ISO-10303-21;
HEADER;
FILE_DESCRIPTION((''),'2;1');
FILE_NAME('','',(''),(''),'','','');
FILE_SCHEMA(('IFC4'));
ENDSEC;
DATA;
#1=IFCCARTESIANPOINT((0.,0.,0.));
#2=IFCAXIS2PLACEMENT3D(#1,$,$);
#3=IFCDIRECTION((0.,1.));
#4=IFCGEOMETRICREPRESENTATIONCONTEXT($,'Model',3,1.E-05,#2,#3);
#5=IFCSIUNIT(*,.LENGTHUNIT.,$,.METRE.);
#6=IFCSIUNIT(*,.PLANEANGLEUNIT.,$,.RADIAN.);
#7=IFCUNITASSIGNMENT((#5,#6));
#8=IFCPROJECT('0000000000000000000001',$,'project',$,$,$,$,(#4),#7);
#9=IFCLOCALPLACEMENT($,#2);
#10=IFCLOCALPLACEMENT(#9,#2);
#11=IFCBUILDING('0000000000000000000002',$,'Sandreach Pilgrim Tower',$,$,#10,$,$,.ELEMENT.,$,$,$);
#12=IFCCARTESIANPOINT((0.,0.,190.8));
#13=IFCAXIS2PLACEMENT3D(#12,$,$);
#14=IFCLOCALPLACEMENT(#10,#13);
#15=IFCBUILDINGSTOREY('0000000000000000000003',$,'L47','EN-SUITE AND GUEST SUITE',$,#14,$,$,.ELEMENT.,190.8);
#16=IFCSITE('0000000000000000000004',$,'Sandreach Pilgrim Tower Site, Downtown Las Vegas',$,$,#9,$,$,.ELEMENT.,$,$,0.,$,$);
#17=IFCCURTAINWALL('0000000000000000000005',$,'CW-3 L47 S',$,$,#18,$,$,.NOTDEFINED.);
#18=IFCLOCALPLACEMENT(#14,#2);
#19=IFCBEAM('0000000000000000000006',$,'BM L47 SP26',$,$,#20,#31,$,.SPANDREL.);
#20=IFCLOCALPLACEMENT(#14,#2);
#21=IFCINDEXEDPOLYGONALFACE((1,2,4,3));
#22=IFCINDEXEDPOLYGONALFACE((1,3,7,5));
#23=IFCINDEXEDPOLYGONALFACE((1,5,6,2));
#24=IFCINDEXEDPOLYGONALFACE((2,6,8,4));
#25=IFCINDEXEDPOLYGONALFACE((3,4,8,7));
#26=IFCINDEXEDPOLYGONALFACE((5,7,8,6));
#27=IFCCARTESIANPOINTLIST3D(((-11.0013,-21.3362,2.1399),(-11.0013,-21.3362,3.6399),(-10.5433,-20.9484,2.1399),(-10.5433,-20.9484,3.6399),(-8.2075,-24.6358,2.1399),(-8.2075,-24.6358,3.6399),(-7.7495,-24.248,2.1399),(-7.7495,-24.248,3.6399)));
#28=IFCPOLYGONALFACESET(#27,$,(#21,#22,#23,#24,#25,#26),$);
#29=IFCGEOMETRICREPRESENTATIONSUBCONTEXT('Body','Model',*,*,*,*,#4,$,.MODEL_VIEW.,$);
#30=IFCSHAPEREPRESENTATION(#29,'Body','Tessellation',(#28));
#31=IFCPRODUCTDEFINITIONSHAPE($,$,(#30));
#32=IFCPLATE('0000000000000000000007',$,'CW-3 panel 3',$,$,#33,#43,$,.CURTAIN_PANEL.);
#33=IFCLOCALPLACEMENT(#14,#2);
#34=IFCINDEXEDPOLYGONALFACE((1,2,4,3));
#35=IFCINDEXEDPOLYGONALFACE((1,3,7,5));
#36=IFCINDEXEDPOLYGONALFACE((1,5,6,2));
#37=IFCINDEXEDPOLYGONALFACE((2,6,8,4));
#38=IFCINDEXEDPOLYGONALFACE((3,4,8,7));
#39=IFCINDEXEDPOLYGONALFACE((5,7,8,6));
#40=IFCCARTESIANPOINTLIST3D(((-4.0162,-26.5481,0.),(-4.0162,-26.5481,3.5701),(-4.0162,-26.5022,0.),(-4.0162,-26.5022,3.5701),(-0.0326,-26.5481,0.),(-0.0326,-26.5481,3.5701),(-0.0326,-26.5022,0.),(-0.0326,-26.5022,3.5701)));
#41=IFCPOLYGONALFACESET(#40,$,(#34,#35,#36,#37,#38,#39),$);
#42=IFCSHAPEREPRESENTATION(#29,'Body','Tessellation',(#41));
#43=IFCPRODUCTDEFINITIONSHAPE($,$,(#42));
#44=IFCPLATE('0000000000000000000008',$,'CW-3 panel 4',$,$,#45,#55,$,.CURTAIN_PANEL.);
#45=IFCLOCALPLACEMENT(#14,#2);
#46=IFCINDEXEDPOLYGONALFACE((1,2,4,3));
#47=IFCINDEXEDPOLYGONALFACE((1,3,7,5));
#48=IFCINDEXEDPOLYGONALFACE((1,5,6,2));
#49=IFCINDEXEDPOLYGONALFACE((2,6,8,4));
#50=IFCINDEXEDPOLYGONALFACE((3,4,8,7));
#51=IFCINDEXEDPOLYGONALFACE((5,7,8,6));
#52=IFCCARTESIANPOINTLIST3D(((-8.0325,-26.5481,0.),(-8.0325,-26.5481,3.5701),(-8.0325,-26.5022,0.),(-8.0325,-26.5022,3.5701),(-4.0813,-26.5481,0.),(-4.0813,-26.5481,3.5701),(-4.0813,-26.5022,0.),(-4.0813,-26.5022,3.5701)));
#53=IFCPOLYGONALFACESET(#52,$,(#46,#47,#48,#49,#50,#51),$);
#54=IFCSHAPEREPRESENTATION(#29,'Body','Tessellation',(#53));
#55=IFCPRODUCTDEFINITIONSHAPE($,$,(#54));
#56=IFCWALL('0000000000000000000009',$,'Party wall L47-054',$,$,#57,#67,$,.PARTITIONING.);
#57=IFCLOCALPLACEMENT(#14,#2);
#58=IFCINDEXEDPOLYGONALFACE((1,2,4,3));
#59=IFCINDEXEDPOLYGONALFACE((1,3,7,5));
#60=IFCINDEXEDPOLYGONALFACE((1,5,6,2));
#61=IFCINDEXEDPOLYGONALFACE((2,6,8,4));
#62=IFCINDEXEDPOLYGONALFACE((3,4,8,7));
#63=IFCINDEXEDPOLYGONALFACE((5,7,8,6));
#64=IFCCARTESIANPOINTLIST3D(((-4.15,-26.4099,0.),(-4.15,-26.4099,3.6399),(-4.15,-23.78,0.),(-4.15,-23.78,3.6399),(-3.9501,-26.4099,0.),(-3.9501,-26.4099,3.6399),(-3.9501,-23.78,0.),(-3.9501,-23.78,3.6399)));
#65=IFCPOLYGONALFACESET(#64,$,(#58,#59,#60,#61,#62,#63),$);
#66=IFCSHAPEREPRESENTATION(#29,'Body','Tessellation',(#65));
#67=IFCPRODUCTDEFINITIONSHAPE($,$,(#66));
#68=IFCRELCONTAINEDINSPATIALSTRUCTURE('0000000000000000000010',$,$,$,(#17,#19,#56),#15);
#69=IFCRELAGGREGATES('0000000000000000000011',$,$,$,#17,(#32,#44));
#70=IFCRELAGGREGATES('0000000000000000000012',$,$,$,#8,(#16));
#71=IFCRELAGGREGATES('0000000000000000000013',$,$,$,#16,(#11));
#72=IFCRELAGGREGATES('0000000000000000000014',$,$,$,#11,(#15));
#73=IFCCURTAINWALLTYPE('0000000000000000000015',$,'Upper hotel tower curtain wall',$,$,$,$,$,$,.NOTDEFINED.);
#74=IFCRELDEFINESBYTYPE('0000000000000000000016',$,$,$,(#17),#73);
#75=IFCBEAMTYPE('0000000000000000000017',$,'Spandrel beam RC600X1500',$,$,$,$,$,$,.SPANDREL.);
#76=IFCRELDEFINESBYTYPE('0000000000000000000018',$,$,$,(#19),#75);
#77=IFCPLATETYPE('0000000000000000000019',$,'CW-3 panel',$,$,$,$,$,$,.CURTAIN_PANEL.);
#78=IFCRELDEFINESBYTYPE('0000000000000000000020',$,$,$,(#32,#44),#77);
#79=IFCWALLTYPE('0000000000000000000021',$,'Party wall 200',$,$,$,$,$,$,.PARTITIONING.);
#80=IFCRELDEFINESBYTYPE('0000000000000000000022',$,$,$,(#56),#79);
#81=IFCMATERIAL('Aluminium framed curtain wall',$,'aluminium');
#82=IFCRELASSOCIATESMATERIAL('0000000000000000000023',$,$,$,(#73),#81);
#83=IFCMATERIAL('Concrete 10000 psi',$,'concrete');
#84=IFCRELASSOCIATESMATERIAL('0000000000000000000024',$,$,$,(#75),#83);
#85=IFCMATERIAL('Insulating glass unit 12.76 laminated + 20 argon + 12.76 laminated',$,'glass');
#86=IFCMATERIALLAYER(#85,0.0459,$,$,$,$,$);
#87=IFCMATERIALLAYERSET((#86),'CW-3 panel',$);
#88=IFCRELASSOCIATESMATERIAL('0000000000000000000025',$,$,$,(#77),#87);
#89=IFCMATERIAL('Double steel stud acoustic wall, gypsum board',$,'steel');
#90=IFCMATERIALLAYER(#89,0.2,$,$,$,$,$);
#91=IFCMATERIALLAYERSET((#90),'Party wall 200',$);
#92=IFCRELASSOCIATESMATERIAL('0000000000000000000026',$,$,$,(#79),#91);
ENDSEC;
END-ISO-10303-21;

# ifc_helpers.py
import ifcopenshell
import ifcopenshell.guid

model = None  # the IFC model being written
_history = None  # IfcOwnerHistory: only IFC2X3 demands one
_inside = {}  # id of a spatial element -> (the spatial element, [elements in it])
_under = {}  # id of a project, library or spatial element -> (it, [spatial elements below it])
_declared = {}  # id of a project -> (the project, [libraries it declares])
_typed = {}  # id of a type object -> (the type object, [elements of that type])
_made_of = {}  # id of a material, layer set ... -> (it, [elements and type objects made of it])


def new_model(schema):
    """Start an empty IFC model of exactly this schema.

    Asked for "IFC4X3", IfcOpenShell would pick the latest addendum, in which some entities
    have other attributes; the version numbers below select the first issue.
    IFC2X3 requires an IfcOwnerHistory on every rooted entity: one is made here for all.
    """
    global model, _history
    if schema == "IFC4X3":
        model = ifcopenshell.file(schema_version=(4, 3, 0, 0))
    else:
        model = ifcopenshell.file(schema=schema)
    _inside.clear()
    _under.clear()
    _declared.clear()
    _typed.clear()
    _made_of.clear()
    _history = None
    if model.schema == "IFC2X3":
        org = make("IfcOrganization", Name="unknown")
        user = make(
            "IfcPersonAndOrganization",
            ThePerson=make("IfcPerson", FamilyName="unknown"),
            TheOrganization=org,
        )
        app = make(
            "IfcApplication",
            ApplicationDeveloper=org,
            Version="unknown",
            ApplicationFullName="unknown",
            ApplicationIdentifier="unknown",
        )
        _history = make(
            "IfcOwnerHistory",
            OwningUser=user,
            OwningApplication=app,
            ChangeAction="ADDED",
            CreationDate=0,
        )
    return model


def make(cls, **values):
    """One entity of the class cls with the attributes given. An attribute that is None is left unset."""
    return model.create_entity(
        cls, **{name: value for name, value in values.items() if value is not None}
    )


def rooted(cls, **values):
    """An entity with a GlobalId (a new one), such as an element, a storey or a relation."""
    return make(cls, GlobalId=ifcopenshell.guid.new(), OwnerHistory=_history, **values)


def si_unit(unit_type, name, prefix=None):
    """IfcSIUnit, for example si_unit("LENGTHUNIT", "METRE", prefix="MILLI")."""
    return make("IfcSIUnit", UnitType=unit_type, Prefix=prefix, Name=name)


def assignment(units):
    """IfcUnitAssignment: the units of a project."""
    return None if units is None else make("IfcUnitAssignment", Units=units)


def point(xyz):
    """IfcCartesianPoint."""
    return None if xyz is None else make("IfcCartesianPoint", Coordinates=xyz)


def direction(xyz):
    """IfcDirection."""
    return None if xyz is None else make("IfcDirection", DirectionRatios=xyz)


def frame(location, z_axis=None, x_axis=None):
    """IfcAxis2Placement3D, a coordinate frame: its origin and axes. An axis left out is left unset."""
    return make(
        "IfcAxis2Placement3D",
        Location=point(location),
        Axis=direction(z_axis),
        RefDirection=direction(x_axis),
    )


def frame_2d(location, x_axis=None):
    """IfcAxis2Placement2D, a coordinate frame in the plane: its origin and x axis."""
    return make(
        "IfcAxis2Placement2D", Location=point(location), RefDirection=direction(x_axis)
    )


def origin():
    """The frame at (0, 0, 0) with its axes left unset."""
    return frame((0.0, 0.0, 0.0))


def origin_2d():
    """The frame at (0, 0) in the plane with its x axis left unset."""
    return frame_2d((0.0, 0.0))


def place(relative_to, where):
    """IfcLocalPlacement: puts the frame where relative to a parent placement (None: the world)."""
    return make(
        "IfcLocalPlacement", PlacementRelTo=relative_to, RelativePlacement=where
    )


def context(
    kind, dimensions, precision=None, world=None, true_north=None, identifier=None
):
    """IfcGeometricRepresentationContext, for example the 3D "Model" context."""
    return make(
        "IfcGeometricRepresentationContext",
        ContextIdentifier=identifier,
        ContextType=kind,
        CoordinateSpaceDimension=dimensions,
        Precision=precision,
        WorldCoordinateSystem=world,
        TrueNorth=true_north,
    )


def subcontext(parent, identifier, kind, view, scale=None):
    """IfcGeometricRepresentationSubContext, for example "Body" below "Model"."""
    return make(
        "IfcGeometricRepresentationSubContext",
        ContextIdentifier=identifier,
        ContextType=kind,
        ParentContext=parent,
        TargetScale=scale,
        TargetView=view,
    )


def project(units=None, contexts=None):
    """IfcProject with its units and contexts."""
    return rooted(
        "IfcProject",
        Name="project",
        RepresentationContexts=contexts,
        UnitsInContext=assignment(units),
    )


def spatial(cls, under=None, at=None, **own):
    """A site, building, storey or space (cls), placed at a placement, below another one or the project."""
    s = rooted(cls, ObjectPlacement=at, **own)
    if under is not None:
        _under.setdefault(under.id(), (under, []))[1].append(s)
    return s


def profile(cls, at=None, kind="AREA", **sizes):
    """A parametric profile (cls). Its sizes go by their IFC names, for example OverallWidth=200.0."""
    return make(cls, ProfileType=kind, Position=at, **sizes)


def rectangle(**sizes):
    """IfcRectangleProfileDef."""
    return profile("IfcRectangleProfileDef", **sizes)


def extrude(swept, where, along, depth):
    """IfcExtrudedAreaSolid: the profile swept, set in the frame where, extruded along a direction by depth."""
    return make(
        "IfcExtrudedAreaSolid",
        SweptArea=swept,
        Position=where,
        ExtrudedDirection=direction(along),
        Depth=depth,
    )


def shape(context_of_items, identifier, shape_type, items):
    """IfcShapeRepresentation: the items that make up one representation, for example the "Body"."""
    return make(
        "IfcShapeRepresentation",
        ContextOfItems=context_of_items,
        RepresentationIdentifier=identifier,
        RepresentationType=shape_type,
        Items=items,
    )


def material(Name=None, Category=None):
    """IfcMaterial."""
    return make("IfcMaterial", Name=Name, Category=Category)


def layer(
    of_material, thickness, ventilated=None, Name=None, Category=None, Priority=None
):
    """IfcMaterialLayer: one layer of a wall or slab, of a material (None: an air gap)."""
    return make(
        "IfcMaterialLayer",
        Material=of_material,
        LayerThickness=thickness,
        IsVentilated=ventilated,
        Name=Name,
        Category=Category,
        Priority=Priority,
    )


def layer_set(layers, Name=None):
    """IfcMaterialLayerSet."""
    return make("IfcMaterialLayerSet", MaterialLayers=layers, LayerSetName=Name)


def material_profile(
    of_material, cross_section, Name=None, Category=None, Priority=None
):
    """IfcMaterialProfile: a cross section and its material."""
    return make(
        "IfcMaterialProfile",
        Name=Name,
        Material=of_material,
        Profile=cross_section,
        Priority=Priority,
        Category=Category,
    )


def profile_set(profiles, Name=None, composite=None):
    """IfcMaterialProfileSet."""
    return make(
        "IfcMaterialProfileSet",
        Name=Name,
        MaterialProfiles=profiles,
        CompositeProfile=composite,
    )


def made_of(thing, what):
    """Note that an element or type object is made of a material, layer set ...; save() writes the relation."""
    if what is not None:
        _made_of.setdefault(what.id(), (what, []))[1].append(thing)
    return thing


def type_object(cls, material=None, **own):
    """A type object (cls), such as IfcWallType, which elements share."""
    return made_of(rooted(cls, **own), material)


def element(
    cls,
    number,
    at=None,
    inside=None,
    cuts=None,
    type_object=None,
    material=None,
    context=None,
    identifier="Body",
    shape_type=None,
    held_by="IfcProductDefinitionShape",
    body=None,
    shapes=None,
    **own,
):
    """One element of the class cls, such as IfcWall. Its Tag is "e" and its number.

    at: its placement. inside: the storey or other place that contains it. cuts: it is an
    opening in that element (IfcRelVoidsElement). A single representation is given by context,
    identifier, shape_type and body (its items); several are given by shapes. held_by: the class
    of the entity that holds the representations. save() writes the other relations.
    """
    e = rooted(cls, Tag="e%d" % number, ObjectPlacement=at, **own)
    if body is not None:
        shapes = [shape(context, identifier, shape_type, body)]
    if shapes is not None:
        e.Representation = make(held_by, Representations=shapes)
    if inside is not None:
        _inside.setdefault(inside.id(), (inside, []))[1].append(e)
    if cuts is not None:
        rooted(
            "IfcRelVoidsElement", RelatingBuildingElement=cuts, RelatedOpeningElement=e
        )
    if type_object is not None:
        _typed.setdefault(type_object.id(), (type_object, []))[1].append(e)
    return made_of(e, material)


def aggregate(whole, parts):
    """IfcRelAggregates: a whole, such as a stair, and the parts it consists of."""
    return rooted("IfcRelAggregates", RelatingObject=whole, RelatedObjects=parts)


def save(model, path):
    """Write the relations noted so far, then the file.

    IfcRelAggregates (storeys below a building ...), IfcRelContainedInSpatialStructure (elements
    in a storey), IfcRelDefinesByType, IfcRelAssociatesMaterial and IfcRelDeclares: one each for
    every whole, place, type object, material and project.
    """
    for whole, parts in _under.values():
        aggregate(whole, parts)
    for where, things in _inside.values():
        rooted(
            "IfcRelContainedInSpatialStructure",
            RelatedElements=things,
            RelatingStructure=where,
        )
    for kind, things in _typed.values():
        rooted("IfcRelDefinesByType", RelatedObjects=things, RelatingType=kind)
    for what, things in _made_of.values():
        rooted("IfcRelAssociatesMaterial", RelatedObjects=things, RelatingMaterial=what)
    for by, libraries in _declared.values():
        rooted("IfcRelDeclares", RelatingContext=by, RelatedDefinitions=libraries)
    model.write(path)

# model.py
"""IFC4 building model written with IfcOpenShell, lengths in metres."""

from ifc_helpers import new_model, si_unit, direction, frame, frame_2d, origin, origin_2d, place, context, subcontext, project, spatial, rectangle, extrude, material, layer, layer_set, material_profile, profile_set, type_object, element, aggregate, save


model = new_model("IFC4")

# Units and contexts
model_context = context("Model", 3, precision=1e-05, world=origin(), true_north=direction((0.0, 1.0)))
body_context = subcontext(model_context, "Body", "Model", "MODEL_VIEW")
ifc_project = project(units=[si_unit("LENGTHUNIT", "METRE"), si_unit("PLANEANGLEUNIT", "RADIAN")], contexts=[model_context])

# Site, building, storey
site_placement = place(None, origin())
site = spatial("IfcSite", under=ifc_project, at=site_placement, Name="Sandreach Pilgrim Tower Site, Downtown Las Vegas", CompositionType="ELEMENT", RefElevation=0.0)
building_placement = place(site_placement, origin())
building = spatial("IfcBuilding", under=site, at=building_placement, Name="Sandreach Pilgrim Tower", CompositionType="ELEMENT")
storey_placement = place(building_placement, frame((0.0, 0.0, 190.8)))
storey = spatial("IfcBuildingStorey", under=building, at=storey_placement, Name="L47", Description="EN-SUITE AND GUEST SUITE", CompositionType="ELEMENT", Elevation=190.8)

# Curtain wall
ifc_material_1 = material(Name="Aluminium framed curtain wall", Category="aluminium")
curtain_wall_type = type_object("IfcCurtainWallType", Name="Upper hotel tower curtain wall", PredefinedType="NOTDEFINED", material=ifc_material_1)
curtain_wall_placement = place(storey_placement, origin())
curtain_wall = element("IfcCurtainWall", 1, at=curtain_wall_placement, inside=storey, type_object=curtain_wall_type, Name="CW-3 L47 S", PredefinedType="NOTDEFINED")

# Beam
ifc_material_2 = material(Name="Concrete 10000 psi", Category="concrete")
ifc_material_profile_1 = material_profile(ifc_material_2, rectangle(XDim=0.6001, YDim=1.5, at=origin_2d()), Name="RC600X1500")
ifc_profile_set_1 = profile_set([ifc_material_profile_1], Name="Concrete 10000 psi")
beam_type_1 = type_object("IfcBeamType", Name="Spandrel beam RC600X1500", PredefinedType="SPANDREL", material=ifc_profile_set_1)
beam_1_placement = place(storey_placement, frame((-7.9785, -24.4419, 2.8899), z_axis=(-0.64618, 0.763185, 0.0), x_axis=(-0.763185, -0.64618, 0.0)))
element("IfcBeam", 2, at=beam_1_placement, inside=storey, type_object=beam_type_1, Name="BM L47 SP26", PredefinedType="SPANDREL", context=body_context, shape_type="SweptSolid", body=[
    extrude(rectangle(XDim=0.6001, YDim=1.5, at=origin_2d()), origin(), (0.0, 0.0, 1.0), 4.3235),
])

# Plates
ifc_material_3 = material(Name="Insulating glass unit 12.76 laminated + 20 argon + 12.76 laminated", Category="glass")
ifc_layer_1 = layer(ifc_material_3, 0.0459)
ifc_layer_set_1 = layer_set([ifc_layer_1], Name="CW-3 panel")
plate_type = type_object("IfcPlateType", Name="CW-3 panel", PredefinedType="CURTAIN_PANEL", material=ifc_layer_set_1)
plate_1_placement = place(storey_placement, frame((-2.0244, -26.5251, 0.0), z_axis=(0.0, 0.0, 1.0), x_axis=(-1.0, 0.0, 0.0)))
plate_1 = element("IfcPlate", 3, at=plate_1_placement, type_object=plate_type, Name="CW-3 panel 3", PredefinedType="CURTAIN_PANEL", context=body_context, shape_type="SweptSolid", body=[
    extrude(rectangle(XDim=3.9836, YDim=0.0459, at=origin_2d()), origin(), (0.0, 0.0, 1.0), 3.5701),
])
plate_2_placement = place(storey_placement, frame((-6.0569, -26.5251, 0.0), z_axis=(0.0, 0.0, 1.0), x_axis=(-1.0, 0.0, 0.0)))
plate_2 = element("IfcPlate", 4, at=plate_2_placement, type_object=plate_type, Name="CW-3 panel 4", PredefinedType="CURTAIN_PANEL", context=body_context, shape_type="SweptSolid", body=[
    extrude(rectangle(XDim=3.9512, YDim=0.0459, at=origin_2d()), origin(), (0.0, 0.0, 1.0), 3.5701),
])
aggregate(curtain_wall, [plate_1, plate_2])

# Wall
ifc_material_4 = material(Name="Double steel stud acoustic wall, gypsum board", Category="steel")
ifc_layer_2 = layer(ifc_material_4, 0.2)
ifc_layer_set_2 = layer_set([ifc_layer_2], Name="Party wall 200")
wall_type = type_object("IfcWallType", Name="Party wall 200", PredefinedType="PARTITIONING", material=ifc_layer_set_2)
wall_placement = place(storey_placement, frame((-4.05, -26.4099, 0.0), z_axis=(0.0, 0.0, 1.0), x_axis=(0.0, 1.0, 0.0)))
element("IfcWall", 5, at=wall_placement, inside=storey, type_object=wall_type, Name="Party wall L47-054", PredefinedType="PARTITIONING", context=body_context, shape_type="SweptSolid", body=[
    extrude(rectangle(XDim=2.6299, YDim=0.2, at=frame_2d((1.3149, 0.0))), origin(), (0.0, 0.0, 1.0), 3.6399),
])

save(model, "model.ifc")
